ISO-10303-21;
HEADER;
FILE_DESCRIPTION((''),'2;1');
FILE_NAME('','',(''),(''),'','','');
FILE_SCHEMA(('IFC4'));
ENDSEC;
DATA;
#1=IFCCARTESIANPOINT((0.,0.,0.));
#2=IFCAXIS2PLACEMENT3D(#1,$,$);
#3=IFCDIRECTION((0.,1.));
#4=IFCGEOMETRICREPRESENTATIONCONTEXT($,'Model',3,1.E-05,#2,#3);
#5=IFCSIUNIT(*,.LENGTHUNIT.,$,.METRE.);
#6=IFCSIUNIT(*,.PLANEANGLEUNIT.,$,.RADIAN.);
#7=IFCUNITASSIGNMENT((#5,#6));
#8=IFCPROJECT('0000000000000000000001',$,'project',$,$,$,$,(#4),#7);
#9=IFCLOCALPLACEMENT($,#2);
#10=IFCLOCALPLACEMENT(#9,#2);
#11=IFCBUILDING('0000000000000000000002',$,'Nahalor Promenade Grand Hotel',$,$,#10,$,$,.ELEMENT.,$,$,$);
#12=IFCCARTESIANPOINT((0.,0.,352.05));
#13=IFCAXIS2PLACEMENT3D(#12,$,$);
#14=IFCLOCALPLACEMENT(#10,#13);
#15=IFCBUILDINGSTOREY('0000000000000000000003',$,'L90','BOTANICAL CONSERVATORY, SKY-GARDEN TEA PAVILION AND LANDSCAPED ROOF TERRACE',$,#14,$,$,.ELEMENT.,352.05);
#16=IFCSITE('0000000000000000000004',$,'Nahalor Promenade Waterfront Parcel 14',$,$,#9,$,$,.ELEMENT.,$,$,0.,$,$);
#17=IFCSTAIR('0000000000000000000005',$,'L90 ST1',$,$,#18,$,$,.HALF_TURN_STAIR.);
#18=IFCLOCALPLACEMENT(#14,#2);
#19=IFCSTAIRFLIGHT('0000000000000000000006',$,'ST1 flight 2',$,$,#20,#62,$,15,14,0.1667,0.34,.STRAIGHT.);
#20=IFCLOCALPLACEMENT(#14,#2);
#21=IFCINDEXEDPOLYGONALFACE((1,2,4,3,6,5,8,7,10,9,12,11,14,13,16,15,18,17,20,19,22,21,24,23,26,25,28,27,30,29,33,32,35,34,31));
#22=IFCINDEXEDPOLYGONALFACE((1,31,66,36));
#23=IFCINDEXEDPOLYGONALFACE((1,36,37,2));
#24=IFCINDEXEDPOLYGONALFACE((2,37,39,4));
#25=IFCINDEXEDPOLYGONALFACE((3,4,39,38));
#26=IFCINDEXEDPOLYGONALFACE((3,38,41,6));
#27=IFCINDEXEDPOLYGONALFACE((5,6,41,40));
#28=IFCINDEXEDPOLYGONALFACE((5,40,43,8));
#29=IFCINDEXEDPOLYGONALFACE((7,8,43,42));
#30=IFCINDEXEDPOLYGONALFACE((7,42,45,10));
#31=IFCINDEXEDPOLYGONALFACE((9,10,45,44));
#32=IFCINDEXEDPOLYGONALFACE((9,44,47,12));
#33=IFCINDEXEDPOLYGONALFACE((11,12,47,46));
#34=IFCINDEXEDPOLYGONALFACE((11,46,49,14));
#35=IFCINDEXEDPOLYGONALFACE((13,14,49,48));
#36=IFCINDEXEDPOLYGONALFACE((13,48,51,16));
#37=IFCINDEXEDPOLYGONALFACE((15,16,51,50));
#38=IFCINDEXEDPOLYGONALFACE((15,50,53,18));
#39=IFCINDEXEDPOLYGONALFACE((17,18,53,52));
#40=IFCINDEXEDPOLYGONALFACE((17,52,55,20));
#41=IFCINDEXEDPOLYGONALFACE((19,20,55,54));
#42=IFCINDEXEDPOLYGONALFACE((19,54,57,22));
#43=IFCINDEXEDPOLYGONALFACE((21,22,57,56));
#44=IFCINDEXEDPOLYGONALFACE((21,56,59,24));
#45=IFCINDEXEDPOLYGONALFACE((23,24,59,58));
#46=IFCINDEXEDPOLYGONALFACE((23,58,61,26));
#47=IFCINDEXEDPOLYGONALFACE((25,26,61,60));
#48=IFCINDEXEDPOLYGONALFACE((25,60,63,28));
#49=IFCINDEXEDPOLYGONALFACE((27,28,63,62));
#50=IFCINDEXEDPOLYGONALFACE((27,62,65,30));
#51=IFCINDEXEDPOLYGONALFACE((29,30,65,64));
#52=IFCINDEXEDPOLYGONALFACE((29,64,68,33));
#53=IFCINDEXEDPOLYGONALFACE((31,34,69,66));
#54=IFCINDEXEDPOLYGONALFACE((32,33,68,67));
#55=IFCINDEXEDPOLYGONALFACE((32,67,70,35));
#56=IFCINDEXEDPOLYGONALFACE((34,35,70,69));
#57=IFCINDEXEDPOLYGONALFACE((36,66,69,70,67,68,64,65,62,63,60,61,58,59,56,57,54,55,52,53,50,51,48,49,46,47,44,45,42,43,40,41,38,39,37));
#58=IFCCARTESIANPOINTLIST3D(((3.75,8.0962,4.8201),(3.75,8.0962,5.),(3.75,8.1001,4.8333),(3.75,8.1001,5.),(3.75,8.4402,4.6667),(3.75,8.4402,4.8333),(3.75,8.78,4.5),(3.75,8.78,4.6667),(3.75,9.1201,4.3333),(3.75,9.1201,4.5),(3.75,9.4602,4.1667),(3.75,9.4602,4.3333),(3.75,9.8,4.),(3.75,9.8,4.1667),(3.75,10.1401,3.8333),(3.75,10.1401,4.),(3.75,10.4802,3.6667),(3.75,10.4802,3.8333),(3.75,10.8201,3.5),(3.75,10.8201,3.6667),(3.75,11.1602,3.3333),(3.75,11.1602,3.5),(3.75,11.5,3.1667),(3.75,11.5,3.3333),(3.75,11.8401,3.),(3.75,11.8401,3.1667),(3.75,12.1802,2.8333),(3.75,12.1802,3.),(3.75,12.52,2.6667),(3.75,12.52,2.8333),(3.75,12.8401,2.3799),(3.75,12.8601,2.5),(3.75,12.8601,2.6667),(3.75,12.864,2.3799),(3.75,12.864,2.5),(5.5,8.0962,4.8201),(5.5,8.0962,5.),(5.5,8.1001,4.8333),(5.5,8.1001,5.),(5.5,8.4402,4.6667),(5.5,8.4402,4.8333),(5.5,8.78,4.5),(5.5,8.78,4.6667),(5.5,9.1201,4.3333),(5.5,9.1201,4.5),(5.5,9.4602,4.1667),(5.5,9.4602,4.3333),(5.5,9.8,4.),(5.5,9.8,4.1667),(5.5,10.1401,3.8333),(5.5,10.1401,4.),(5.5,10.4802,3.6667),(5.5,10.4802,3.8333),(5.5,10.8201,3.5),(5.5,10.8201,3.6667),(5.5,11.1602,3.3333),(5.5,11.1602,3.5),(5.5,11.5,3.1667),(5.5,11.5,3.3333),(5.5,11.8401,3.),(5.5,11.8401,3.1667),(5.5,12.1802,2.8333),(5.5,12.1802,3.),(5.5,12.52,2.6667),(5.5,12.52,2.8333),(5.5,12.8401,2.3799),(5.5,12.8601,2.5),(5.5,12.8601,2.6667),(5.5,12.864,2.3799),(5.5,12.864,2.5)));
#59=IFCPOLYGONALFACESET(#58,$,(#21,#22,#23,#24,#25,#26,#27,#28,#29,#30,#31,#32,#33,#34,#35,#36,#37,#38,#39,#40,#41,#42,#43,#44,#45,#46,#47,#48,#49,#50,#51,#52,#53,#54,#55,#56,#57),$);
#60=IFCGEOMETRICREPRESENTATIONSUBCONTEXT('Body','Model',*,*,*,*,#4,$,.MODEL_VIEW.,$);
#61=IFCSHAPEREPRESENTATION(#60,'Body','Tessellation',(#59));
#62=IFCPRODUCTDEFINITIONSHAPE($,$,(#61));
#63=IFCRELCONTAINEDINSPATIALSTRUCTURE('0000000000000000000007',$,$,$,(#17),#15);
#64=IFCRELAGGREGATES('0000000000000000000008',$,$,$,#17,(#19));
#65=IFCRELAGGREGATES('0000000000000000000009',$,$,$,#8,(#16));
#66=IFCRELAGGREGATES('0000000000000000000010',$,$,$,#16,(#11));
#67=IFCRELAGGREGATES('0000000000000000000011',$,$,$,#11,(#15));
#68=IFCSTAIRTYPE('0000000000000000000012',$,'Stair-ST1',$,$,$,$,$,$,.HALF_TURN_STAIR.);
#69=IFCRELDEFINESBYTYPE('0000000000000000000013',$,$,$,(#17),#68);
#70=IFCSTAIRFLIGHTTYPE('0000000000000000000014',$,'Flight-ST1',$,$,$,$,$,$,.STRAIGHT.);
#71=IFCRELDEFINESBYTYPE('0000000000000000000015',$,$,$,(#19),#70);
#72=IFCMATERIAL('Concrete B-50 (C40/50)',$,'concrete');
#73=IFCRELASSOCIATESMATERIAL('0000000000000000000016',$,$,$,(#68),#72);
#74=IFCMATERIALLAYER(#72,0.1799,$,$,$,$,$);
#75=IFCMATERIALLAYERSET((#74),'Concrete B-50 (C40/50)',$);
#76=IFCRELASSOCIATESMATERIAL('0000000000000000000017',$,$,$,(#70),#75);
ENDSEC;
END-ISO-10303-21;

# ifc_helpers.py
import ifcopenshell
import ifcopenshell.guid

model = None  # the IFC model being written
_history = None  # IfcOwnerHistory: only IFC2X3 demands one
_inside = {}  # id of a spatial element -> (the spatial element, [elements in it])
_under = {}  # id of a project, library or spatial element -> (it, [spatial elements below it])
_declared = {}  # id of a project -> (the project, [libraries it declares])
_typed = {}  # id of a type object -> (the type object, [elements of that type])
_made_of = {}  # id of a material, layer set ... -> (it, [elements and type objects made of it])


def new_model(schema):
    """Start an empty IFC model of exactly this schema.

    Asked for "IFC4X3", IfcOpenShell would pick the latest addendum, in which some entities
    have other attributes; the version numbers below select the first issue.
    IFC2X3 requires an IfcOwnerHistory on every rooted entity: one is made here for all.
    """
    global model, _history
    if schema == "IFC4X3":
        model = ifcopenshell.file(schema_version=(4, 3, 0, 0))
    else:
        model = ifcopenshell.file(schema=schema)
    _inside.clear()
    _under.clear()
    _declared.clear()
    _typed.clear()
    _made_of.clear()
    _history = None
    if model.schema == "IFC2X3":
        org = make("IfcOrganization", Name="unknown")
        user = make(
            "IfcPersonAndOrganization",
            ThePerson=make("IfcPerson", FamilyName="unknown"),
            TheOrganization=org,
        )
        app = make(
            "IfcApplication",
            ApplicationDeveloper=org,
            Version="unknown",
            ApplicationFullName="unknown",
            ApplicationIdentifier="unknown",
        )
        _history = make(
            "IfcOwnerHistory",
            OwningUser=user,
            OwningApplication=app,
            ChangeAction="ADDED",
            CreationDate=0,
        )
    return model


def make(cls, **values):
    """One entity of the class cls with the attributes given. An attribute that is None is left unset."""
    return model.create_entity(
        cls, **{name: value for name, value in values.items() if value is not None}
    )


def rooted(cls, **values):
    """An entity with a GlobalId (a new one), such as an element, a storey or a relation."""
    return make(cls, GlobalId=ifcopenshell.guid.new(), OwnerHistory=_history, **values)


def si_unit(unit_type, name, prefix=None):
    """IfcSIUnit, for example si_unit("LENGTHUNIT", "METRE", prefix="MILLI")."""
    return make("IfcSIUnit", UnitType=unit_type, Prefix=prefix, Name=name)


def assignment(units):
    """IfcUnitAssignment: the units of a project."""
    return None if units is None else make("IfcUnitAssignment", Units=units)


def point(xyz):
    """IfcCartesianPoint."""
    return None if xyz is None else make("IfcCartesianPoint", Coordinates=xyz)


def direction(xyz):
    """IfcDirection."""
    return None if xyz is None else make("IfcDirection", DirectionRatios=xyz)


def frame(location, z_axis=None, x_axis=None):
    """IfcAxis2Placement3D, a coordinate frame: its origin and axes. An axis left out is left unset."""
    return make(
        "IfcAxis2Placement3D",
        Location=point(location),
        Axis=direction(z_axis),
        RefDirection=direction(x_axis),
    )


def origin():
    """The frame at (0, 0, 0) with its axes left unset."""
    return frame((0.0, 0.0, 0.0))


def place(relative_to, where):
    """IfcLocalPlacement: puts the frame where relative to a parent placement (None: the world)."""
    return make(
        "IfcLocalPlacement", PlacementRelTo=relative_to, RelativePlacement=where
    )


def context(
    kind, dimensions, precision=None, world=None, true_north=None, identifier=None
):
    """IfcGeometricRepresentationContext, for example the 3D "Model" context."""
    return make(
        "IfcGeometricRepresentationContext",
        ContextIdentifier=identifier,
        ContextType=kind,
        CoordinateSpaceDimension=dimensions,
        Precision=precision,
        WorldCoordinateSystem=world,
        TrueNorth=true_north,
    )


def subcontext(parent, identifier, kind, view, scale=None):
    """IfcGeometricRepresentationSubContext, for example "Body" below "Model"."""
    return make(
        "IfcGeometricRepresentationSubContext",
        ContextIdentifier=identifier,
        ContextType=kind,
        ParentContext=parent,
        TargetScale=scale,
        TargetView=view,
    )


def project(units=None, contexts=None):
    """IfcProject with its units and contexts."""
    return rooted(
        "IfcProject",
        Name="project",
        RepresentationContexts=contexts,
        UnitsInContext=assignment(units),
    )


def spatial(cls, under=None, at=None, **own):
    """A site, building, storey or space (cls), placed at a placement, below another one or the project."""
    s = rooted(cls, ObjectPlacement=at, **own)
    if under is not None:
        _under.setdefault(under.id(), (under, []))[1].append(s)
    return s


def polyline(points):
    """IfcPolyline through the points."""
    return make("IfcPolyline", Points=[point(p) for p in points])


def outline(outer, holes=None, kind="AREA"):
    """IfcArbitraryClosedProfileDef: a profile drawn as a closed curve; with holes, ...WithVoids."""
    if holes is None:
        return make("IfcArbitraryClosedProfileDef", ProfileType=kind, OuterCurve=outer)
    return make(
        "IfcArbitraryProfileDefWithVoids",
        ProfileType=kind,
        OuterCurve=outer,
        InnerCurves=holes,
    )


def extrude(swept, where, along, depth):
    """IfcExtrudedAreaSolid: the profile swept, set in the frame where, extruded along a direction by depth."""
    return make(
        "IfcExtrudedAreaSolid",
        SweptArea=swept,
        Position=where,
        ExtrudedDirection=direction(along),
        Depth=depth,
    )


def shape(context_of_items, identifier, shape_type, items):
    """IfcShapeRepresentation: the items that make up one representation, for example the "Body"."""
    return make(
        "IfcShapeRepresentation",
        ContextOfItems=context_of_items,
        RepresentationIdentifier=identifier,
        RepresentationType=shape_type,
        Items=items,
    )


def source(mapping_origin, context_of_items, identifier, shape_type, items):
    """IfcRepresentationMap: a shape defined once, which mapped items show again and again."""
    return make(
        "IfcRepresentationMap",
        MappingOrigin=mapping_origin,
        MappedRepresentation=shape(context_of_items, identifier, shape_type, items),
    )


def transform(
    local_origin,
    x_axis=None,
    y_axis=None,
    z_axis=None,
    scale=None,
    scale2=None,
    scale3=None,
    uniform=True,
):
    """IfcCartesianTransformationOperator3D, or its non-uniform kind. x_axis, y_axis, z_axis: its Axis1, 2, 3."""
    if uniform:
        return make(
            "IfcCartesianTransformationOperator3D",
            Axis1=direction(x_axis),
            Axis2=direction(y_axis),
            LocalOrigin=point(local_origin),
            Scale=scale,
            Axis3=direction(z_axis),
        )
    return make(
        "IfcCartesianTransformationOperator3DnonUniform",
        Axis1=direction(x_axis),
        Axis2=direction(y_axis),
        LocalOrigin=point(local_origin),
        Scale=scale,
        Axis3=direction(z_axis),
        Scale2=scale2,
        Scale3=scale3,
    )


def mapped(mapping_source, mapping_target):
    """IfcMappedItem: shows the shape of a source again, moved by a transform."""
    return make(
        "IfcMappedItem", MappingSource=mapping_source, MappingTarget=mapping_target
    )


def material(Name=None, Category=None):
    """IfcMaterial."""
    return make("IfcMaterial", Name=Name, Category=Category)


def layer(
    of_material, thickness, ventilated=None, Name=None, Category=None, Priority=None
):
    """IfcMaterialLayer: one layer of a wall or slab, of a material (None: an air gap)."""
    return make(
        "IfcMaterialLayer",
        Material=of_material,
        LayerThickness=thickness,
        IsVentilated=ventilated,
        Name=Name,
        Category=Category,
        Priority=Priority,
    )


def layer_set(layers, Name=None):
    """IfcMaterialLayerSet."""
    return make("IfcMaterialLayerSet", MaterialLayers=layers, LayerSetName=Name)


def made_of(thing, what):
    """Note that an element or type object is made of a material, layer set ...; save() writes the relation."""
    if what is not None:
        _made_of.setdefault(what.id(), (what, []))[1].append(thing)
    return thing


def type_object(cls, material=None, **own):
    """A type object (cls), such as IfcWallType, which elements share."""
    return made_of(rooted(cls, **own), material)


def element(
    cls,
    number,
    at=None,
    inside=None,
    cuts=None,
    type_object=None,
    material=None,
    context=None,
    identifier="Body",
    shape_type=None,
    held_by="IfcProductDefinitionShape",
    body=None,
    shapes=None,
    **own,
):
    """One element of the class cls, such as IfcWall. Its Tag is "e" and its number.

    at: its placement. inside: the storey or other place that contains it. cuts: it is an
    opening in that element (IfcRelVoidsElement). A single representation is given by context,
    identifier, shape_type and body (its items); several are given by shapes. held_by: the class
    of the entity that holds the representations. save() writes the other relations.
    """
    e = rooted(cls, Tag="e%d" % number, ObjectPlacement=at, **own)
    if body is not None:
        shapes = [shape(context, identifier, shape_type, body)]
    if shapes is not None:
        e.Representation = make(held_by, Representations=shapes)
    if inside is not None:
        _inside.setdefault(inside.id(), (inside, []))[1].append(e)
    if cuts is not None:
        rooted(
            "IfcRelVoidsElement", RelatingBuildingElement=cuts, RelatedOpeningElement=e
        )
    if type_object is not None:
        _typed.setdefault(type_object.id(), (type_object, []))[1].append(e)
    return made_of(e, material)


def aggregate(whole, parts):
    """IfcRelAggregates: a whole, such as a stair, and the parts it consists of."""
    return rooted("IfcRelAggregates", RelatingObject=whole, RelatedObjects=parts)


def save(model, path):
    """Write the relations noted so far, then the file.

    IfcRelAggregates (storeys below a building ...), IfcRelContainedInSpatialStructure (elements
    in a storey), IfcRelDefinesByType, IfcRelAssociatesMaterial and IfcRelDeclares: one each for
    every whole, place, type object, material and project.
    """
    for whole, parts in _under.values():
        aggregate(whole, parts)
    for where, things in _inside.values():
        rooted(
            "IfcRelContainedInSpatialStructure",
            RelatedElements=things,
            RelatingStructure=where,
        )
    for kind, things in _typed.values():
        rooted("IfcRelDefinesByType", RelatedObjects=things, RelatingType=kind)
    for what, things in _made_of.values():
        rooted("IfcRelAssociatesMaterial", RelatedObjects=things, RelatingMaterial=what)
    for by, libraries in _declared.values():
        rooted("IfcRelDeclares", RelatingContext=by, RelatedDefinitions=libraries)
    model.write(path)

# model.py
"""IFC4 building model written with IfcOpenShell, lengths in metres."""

from ifc_helpers import new_model, si_unit, direction, frame, origin, place, context, subcontext, project, spatial, polyline, outline, extrude, source, transform, mapped, material, layer, layer_set, type_object, element, aggregate, save


model = new_model("IFC4")

# Units and contexts
model_context = context("Model", 3, precision=1e-05, world=origin(), true_north=direction((0.0, 1.0)))
body_context = subcontext(model_context, "Body", "Model", "MODEL_VIEW")
ifc_project = project(units=[si_unit("LENGTHUNIT", "METRE"), si_unit("PLANEANGLEUNIT", "RADIAN")], contexts=[model_context])

# Site, building, storey
site_placement = place(None, origin())
site = spatial("IfcSite", under=ifc_project, at=site_placement, Name="Nahalor Promenade Waterfront Parcel 14", CompositionType="ELEMENT", RefElevation=0.0)
building_placement = place(site_placement, origin())
building = spatial("IfcBuilding", under=site, at=building_placement, Name="Nahalor Promenade Grand Hotel", CompositionType="ELEMENT")
storey_placement = place(building_placement, frame((0.0, 0.0, 352.05)))
storey = spatial("IfcBuildingStorey", under=building, at=storey_placement, Name="L90", Description="BOTANICAL CONSERVATORY, SKY-GARDEN TEA PAVILION AND LANDSCAPED ROOF TERRACE", CompositionType="ELEMENT", Elevation=352.05)

# Shared definitions
ifc_material_1 = material(Name="Concrete B-50 (C40/50)", Category="concrete")

# Stair, stair flight
stair_type = type_object("IfcStairType", Name="Stair-ST1", PredefinedType="HALF_TURN_STAIR", material=ifc_material_1)
stair_placement = place(storey_placement, origin())
stair = element("IfcStair", 1, at=stair_placement, inside=storey, type_object=stair_type, Name="L90 ST1", PredefinedType="HALF_TURN_STAIR")
ifc_layer_1 = layer(ifc_material_1, 0.1799)
ifc_layer_set_1 = layer_set([ifc_layer_1], Name="Concrete B-50 (C40/50)")
stair_flight_type = type_object("IfcStairFlightType", Name="Flight-ST1", PredefinedType="STRAIGHT", material=ifc_layer_set_1)
shared_shape_1 = source(origin(), body_context, "Body", "SweptSolid", [
    extrude(outline(polyline([(-0.0039, -0.1201), (-0.0039, 0.0), (0.0, 0.0), (0.0, 0.1667), (0.3401, 0.1667), (0.3401, 0.3333), (0.6799, 0.3333), (0.6799, 0.5), (1.02, 0.5), (1.02, 0.6667), (1.3601, 0.6667), (1.3601, 0.8333), (1.7, 0.8333), (1.7, 1.0), (2.04, 1.0), (2.04, 1.1667), (2.3799, 1.1667), (2.3799, 1.3333), (2.72, 1.3333), (2.72, 1.5), (3.0601, 1.5), (3.0601, 1.6667), (3.3999, 1.6667), (3.3999, 1.8333), (3.74, 1.8333), (3.74, 2.0), (4.0801, 2.0), (4.0801, 2.1667), (4.4199, 2.1667), (4.4199, 2.3333), (4.76, 2.3333), (4.76, 2.5), (4.7639, 2.5), (4.7639, 2.3201), (0.02, -0.1201), (-0.0039, -0.1201)])), frame((0.0, 0.875, 0.0), z_axis=(0.0, -1.0, 0.0), x_axis=(1.0, 0.0, 0.0)), (0.0, 0.0, 1.0), 1.75),
])
stair_flight_1_placement = place(storey_placement, frame((4.625, 12.8601, 2.5), z_axis=(0.0, 0.0, 1.0), x_axis=(0.0, -1.0, 0.0)))
stair_flight_1 = element("IfcStairFlight", 2, at=stair_flight_1_placement, type_object=stair_flight_type, Name="ST1 flight 2", NumberOfRisers=15, NumberOfTreads=14, PredefinedType="STRAIGHT", RiserHeight=0.1667, TreadLength=0.34, context=body_context, shape_type="MappedRepresentation", body=[
    mapped(shared_shape_1, transform((0.0, 0.0, 0.0), scale=1.0)),
])
aggregate(stair, [stair_flight_1])

save(model, "model.ifc")
